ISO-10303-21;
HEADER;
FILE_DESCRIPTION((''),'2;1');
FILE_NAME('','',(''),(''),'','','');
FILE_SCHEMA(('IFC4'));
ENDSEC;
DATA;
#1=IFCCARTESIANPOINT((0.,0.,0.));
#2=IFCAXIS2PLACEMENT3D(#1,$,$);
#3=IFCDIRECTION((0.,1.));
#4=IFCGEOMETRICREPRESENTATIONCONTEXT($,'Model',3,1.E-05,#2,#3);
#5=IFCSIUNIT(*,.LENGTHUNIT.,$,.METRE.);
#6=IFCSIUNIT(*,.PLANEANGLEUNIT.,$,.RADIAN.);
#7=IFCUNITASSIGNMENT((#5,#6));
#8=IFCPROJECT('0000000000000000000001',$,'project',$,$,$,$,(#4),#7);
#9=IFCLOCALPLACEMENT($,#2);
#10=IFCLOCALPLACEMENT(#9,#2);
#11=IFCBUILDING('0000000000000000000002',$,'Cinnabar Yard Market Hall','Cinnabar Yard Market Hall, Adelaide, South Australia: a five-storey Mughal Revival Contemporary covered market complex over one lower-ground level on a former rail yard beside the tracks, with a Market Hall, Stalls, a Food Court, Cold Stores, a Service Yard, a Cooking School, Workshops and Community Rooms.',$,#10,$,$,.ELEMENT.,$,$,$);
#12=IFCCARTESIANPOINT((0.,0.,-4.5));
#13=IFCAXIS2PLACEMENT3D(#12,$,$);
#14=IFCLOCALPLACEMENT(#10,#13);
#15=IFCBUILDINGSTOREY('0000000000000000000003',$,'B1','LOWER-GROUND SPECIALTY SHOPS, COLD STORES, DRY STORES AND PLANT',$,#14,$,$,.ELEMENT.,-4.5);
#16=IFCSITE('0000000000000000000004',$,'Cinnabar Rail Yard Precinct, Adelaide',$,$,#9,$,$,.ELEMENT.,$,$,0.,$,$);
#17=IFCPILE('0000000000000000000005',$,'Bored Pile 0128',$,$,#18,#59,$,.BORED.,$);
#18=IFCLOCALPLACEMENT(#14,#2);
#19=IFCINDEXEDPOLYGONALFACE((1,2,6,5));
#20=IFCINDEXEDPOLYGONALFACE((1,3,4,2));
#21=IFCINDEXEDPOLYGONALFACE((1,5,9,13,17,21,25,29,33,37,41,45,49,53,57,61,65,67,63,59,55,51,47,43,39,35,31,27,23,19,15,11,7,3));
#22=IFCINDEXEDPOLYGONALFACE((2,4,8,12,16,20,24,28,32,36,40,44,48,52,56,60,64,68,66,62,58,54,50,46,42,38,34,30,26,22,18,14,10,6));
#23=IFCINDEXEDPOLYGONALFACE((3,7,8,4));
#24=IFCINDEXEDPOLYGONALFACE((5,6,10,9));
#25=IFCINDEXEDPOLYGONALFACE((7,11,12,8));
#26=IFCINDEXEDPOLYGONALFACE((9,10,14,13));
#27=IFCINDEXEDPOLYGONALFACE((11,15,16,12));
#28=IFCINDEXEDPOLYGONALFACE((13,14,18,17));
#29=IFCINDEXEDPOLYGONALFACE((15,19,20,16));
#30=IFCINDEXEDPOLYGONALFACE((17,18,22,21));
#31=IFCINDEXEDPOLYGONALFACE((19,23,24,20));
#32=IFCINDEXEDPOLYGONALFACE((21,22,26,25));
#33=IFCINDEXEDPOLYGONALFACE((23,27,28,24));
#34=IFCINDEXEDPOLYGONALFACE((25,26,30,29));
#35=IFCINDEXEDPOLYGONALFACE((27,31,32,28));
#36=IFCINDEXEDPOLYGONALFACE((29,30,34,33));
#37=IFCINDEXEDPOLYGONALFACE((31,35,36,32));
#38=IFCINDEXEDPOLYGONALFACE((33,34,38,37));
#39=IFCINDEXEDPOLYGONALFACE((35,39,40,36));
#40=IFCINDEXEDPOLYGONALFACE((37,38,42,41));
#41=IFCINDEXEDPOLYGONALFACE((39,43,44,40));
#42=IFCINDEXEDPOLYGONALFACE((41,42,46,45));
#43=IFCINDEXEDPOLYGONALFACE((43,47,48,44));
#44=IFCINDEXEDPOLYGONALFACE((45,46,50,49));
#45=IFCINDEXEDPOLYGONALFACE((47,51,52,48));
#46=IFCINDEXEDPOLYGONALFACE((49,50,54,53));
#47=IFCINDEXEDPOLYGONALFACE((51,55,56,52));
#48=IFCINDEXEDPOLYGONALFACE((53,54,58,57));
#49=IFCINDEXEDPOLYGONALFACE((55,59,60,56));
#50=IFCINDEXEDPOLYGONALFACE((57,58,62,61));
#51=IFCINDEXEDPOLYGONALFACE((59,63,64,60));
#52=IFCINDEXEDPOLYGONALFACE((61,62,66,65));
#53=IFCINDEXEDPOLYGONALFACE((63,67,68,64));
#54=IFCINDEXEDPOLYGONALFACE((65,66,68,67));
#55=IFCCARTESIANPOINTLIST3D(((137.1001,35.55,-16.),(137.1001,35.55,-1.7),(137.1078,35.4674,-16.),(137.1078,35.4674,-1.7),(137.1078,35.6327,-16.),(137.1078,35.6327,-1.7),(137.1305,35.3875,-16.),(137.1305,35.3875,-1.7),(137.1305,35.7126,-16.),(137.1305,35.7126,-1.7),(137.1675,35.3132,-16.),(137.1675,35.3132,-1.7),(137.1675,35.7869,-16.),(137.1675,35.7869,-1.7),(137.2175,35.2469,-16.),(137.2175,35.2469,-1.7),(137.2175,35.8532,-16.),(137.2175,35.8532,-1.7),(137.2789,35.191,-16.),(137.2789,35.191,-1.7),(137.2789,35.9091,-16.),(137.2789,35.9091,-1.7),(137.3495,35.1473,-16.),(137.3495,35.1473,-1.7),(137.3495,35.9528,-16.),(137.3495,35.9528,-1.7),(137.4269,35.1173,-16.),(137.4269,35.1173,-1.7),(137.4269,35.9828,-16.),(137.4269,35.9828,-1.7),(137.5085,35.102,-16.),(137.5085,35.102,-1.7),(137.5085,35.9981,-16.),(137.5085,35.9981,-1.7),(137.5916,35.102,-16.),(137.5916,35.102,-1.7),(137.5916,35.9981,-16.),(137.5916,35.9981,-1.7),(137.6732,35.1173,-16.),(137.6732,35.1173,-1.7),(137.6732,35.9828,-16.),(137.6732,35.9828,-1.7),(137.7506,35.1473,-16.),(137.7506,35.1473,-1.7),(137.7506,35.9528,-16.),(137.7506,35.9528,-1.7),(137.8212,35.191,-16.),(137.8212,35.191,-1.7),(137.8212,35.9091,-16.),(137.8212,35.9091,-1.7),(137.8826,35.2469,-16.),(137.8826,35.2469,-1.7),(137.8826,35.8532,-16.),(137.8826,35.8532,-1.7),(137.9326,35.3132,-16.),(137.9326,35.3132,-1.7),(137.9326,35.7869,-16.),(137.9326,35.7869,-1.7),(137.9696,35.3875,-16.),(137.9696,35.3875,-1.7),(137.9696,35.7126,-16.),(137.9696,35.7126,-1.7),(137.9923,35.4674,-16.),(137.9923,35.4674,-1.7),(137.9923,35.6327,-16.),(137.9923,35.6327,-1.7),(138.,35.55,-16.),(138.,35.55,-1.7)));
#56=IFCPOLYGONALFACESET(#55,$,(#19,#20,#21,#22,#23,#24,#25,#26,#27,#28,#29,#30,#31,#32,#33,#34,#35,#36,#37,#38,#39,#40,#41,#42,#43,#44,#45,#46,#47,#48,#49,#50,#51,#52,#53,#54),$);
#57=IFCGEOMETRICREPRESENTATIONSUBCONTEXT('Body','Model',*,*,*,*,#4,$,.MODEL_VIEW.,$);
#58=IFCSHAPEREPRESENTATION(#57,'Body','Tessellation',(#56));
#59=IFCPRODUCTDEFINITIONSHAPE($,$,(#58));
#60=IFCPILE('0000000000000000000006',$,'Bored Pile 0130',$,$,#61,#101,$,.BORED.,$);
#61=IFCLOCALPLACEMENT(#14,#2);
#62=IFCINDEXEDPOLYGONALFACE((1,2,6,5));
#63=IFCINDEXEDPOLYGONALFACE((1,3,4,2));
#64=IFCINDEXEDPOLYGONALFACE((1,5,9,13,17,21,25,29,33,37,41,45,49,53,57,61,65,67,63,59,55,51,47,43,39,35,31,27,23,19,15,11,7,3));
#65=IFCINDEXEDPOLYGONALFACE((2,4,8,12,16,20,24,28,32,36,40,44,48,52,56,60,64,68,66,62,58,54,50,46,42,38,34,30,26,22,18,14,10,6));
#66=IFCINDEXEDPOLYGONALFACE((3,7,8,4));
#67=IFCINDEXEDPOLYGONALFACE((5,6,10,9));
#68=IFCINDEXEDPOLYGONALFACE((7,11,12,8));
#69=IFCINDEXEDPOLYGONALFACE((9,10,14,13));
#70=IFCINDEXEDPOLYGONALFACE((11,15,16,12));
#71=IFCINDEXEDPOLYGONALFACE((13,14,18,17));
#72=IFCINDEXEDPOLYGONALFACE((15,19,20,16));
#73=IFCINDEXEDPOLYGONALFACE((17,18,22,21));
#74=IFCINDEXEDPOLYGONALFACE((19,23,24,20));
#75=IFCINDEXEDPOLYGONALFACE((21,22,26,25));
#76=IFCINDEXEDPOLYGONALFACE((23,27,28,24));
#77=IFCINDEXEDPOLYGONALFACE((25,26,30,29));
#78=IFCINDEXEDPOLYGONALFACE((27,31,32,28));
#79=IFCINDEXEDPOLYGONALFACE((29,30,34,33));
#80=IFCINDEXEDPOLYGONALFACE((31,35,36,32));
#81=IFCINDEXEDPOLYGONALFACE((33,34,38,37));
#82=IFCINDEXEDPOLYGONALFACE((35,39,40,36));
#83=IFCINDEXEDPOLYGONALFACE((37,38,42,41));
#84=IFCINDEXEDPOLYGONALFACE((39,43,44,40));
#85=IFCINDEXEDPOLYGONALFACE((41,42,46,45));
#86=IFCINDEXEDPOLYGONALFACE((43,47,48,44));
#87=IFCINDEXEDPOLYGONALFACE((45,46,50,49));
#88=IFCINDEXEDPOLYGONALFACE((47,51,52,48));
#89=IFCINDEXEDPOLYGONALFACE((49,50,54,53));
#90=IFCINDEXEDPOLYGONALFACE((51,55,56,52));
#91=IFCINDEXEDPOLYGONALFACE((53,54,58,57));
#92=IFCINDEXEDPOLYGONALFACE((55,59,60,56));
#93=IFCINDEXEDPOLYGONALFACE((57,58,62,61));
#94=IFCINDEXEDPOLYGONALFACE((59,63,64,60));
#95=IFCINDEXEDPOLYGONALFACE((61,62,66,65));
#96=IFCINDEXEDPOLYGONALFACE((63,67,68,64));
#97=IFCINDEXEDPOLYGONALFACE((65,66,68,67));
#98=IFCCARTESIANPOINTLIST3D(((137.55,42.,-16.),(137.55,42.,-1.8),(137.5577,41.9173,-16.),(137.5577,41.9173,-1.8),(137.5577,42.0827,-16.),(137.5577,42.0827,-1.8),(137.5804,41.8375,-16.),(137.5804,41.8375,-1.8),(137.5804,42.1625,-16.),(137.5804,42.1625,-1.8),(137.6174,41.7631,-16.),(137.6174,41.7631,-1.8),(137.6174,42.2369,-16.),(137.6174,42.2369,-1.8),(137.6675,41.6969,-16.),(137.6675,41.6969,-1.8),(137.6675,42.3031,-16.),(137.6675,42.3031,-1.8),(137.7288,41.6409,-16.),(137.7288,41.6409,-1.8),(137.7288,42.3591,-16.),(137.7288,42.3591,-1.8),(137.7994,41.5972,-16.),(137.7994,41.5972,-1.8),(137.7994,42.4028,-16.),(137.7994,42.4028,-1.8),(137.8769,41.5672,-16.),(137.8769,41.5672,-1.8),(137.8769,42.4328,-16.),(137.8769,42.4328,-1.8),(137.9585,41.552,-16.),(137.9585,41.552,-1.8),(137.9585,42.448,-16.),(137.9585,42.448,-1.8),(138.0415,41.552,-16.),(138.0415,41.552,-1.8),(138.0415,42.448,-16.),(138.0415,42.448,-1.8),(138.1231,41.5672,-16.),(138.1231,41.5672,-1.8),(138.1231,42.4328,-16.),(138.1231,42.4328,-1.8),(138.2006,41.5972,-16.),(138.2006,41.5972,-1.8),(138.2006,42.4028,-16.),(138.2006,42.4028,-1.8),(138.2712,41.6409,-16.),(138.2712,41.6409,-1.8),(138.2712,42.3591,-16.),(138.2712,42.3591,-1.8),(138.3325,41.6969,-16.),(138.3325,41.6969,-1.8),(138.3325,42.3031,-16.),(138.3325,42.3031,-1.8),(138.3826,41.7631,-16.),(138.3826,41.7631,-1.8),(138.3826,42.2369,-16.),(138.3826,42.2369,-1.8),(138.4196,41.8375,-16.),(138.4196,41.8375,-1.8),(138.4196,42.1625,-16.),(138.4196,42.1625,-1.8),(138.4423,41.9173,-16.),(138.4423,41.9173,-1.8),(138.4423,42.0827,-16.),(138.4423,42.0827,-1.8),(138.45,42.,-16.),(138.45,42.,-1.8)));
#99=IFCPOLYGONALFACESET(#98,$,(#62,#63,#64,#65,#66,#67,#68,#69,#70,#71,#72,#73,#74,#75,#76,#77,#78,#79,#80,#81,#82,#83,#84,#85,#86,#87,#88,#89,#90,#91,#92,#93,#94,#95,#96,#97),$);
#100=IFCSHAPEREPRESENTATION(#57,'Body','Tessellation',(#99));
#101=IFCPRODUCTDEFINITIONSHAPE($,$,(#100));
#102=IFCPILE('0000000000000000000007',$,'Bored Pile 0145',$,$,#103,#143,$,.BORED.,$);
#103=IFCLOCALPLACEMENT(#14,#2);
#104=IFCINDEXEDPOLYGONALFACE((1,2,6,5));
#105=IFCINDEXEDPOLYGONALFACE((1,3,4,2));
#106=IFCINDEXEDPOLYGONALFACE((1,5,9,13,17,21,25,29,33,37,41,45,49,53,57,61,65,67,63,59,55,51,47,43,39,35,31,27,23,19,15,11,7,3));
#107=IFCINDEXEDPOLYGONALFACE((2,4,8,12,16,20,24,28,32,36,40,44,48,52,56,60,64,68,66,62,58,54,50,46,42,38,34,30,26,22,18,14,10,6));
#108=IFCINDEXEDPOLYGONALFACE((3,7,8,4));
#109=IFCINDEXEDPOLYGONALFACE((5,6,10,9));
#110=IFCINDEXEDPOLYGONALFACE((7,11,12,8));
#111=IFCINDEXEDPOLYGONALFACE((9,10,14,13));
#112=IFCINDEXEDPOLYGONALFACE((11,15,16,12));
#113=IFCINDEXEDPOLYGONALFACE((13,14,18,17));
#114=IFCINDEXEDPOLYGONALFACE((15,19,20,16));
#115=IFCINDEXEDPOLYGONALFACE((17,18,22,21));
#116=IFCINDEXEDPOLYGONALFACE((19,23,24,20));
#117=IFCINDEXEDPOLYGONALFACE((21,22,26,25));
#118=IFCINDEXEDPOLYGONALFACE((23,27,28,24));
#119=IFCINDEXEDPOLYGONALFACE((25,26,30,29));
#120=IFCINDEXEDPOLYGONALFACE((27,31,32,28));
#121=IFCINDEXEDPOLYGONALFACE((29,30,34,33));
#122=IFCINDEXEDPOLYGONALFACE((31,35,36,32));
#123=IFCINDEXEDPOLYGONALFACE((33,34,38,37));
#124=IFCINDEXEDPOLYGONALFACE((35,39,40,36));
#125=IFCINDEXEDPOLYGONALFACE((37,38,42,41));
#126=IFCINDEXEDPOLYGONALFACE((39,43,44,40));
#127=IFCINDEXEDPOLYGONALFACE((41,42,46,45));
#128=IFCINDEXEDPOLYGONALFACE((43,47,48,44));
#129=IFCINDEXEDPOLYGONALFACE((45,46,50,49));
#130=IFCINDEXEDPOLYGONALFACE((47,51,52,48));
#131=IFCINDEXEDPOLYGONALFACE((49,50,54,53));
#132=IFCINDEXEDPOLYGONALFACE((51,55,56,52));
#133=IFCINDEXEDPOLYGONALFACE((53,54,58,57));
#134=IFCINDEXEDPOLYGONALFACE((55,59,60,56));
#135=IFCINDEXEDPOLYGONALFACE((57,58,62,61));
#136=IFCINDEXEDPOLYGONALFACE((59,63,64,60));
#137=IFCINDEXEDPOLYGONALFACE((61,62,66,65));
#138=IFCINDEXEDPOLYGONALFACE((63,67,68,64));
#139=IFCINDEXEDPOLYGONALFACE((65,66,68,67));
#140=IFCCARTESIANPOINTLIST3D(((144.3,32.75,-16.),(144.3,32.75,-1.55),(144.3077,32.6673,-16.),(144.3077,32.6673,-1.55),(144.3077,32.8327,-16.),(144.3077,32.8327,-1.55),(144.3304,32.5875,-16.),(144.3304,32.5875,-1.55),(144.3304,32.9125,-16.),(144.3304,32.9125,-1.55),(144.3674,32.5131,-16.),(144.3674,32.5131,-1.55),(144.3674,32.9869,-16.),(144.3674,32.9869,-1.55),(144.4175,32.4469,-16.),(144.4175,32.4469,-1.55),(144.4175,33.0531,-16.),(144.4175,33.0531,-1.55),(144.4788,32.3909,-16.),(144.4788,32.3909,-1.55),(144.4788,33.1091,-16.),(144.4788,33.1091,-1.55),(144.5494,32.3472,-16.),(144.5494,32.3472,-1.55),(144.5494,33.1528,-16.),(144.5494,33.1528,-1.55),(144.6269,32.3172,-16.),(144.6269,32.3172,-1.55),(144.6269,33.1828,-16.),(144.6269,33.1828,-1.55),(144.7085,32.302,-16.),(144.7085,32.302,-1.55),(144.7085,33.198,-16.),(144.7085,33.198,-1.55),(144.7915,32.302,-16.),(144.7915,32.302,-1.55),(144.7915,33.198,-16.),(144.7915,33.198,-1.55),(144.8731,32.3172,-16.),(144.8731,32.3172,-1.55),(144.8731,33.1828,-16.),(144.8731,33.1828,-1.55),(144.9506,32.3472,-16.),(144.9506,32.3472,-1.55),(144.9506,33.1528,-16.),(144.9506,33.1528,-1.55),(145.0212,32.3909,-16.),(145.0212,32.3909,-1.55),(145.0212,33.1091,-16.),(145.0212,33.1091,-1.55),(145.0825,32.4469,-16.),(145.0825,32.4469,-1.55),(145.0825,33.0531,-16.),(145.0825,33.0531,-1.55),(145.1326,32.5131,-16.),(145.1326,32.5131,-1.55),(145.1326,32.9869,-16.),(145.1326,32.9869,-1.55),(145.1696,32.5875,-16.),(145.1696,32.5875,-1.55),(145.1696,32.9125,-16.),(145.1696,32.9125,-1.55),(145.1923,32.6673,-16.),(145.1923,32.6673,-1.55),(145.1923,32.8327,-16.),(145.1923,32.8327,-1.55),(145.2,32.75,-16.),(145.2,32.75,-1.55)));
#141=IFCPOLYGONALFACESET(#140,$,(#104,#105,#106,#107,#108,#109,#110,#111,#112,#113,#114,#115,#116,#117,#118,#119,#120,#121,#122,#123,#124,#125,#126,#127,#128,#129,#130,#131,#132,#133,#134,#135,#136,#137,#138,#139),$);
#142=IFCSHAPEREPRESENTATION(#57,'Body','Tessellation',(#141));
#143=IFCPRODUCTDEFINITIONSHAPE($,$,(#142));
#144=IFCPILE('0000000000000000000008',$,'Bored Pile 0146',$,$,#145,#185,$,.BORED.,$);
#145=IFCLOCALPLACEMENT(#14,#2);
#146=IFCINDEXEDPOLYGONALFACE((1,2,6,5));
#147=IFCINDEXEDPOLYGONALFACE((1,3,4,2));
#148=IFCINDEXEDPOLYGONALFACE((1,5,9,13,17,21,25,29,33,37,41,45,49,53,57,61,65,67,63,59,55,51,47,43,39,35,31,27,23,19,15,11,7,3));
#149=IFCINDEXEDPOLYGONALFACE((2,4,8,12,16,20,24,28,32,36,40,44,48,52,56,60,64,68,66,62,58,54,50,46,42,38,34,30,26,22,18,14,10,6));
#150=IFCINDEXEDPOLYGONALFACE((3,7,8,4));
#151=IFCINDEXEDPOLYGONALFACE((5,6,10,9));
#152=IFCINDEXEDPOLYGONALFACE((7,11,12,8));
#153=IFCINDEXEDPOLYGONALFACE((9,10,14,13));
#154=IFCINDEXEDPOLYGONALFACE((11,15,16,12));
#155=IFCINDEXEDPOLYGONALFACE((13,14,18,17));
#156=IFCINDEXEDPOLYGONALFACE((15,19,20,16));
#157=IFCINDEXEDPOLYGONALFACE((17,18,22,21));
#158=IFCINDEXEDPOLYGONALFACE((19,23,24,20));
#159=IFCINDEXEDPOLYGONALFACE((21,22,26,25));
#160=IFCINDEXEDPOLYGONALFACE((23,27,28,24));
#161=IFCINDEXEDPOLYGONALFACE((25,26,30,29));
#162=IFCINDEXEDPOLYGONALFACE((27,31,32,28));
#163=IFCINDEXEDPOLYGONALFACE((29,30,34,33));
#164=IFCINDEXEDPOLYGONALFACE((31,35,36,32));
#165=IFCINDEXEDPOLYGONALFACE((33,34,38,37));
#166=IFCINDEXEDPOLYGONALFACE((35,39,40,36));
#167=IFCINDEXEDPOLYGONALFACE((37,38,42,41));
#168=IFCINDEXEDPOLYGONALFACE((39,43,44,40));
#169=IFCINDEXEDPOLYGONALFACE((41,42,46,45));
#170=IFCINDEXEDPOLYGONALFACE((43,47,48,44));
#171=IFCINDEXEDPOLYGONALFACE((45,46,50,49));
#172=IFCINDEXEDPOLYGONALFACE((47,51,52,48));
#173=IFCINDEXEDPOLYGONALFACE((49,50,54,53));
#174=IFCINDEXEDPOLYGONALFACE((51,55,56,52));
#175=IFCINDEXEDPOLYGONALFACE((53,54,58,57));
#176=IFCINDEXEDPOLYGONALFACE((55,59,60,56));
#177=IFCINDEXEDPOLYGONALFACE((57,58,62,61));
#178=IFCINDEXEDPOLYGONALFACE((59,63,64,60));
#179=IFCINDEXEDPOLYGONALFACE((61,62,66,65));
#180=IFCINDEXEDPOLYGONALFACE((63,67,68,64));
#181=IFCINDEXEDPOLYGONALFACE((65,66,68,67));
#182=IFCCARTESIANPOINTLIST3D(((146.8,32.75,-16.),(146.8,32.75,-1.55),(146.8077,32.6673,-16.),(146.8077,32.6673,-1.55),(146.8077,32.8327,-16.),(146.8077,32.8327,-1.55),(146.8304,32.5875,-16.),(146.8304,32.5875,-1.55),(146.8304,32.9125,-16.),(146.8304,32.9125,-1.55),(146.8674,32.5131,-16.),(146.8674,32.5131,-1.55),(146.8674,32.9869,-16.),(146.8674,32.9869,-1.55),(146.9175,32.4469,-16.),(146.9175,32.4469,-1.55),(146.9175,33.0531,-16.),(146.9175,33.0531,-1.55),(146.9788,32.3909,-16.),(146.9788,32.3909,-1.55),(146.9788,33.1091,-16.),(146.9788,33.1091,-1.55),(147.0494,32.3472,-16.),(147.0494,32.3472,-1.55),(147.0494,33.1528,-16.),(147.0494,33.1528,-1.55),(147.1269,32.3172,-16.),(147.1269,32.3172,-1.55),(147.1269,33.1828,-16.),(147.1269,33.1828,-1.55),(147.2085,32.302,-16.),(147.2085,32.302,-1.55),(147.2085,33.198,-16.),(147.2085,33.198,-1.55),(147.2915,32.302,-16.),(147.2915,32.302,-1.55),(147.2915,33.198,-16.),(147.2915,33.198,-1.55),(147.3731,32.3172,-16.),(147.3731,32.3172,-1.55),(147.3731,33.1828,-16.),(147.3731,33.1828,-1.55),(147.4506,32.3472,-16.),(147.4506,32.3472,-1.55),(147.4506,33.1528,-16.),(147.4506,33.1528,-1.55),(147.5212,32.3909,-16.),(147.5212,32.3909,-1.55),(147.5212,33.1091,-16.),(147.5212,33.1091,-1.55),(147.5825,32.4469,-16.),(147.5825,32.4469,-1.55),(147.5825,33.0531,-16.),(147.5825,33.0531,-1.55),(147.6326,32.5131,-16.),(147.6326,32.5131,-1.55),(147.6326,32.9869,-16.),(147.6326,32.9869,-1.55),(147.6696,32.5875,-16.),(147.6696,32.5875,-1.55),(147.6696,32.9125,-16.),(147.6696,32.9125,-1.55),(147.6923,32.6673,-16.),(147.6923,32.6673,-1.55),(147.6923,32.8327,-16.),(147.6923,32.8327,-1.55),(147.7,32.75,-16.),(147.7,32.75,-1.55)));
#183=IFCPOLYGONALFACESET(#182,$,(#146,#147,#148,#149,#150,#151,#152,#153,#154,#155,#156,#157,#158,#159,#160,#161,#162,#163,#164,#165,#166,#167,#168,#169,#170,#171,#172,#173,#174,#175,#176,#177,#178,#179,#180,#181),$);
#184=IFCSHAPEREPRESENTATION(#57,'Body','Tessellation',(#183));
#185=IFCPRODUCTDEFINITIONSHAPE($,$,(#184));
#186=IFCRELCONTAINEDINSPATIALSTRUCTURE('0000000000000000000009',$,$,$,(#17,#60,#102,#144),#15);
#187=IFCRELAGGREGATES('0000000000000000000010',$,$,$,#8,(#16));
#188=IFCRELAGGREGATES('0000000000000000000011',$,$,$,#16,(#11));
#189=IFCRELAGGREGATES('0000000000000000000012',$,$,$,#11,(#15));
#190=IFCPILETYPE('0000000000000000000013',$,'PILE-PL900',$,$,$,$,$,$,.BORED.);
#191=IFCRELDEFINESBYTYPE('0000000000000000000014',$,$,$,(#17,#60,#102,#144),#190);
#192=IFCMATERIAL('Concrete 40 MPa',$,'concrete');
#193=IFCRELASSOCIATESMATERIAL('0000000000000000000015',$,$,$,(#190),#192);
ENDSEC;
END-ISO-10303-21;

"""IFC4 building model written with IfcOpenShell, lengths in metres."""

from ifc_helpers import new_model, si_unit, direction, frame, origin, origin_2d_with_axis, place, context, subcontext, project, spatial, circle, extrude, material, material_profile, profile_set, type_object, element, save


model = new_model("IFC4")

# Units and contexts
model_context = context("Model", 3, precision=1e-05, world=origin(), true_north=direction((0.0, 1.0)))
body_context = subcontext(model_context, "Body", "Model", "MODEL_VIEW")
ifc_project = project(units=[si_unit("LENGTHUNIT", "METRE"), si_unit("PLANEANGLEUNIT", "RADIAN")], contexts=[model_context])

# Site, building, storey
site_placement = place(None, origin())
site = spatial("IfcSite", under=ifc_project, at=site_placement, Name="Cinnabar Rail Yard Precinct, Adelaide", CompositionType="ELEMENT", RefElevation=0.0)
building_placement = place(site_placement, origin())
building = spatial("IfcBuilding", under=site, at=building_placement, Name="Cinnabar Yard Market Hall", Description="Cinnabar Yard Market Hall, Adelaide, South Australia: a five-storey Mughal Revival Contemporary covered market complex over one lower-ground level on a former rail yard beside the tracks, with a Market Hall, Stalls, a Food Court, Cold Stores, a Service Yard, a Cooking School, Workshops and Community Rooms.", CompositionType="ELEMENT")
storey_placement = place(building_placement, frame((0.0, 0.0, -4.5)))
storey = spatial("IfcBuildingStorey", under=building, at=storey_placement, Name="B1", Description="LOWER-GROUND SPECIALTY SHOPS, COLD STORES, DRY STORES AND PLANT", CompositionType="ELEMENT", Elevation=-4.5)

# Shared definitions
ifc_material_1 = material(Name="Concrete 40 MPa", Category="concrete")

# Piles
ifc_material_profile_1 = material_profile(ifc_material_1, circle(Radius=0.45, at=origin_2d_with_axis()), Name="PILE-D900")
ifc_profile_set_1 = profile_set([ifc_material_profile_1], Name="Concrete 40 MPa")
pile_type = type_object("IfcPileType", Name="PILE-PL900", PredefinedType="BORED", material=ifc_profile_set_1)
for number, where, z_axis, x_axis, name in (
    (1, (137.55, 35.55, -1.7), (0.0, 0.0, -1.0), (1.0, 0.0, 0.0), "Bored Pile 0128"),
):
    element("IfcPile", number, at=place(storey_placement, frame(where, z_axis=z_axis, x_axis=x_axis)), inside=storey, type_object=pile_type, Name=name, PredefinedType="BORED", context=body_context, shape_type="SweptSolid", body=[
        extrude(circle(Radius=0.45, at=origin_2d_with_axis()), origin(), (0.0, 0.0, 1.0), 14.3),
    ])
pile_1_placement = place(storey_placement, frame((138.0, 42.0, -1.8), z_axis=(0.0, 0.0, -1.0), x_axis=(1.0, 0.0, 0.0)))
element("IfcPile", 2, at=pile_1_placement, inside=storey, type_object=pile_type, Name="Bored Pile 0130", PredefinedType="BORED", context=body_context, shape_type="SweptSolid", body=[
    extrude(circle(Radius=0.45, at=origin_2d_with_axis()), origin(), (0.0, 0.0, 1.0), 14.2),
])
for number, where, z_axis, x_axis, name in (
    (3, (144.75, 32.75, -1.55), (0.0, 0.0, -1.0), (1.0, 0.0, 0.0), "Bored Pile 0145"),
    (4, (147.25, 32.75, -1.55), (0.0, 0.0, -1.0), (1.0, 0.0, 0.0), "Bored Pile 0146"),
):
    element("IfcPile", number, at=place(storey_placement, frame(where, z_axis=z_axis, x_axis=x_axis)), inside=storey, type_object=pile_type, Name=name, PredefinedType="BORED", context=body_context, shape_type="SweptSolid", body=[
        extrude(circle(Radius=0.45, at=origin_2d_with_axis()), origin(), (0.0, 0.0, 1.0), 14.45),
    ])

save(model, "model.ifc")
